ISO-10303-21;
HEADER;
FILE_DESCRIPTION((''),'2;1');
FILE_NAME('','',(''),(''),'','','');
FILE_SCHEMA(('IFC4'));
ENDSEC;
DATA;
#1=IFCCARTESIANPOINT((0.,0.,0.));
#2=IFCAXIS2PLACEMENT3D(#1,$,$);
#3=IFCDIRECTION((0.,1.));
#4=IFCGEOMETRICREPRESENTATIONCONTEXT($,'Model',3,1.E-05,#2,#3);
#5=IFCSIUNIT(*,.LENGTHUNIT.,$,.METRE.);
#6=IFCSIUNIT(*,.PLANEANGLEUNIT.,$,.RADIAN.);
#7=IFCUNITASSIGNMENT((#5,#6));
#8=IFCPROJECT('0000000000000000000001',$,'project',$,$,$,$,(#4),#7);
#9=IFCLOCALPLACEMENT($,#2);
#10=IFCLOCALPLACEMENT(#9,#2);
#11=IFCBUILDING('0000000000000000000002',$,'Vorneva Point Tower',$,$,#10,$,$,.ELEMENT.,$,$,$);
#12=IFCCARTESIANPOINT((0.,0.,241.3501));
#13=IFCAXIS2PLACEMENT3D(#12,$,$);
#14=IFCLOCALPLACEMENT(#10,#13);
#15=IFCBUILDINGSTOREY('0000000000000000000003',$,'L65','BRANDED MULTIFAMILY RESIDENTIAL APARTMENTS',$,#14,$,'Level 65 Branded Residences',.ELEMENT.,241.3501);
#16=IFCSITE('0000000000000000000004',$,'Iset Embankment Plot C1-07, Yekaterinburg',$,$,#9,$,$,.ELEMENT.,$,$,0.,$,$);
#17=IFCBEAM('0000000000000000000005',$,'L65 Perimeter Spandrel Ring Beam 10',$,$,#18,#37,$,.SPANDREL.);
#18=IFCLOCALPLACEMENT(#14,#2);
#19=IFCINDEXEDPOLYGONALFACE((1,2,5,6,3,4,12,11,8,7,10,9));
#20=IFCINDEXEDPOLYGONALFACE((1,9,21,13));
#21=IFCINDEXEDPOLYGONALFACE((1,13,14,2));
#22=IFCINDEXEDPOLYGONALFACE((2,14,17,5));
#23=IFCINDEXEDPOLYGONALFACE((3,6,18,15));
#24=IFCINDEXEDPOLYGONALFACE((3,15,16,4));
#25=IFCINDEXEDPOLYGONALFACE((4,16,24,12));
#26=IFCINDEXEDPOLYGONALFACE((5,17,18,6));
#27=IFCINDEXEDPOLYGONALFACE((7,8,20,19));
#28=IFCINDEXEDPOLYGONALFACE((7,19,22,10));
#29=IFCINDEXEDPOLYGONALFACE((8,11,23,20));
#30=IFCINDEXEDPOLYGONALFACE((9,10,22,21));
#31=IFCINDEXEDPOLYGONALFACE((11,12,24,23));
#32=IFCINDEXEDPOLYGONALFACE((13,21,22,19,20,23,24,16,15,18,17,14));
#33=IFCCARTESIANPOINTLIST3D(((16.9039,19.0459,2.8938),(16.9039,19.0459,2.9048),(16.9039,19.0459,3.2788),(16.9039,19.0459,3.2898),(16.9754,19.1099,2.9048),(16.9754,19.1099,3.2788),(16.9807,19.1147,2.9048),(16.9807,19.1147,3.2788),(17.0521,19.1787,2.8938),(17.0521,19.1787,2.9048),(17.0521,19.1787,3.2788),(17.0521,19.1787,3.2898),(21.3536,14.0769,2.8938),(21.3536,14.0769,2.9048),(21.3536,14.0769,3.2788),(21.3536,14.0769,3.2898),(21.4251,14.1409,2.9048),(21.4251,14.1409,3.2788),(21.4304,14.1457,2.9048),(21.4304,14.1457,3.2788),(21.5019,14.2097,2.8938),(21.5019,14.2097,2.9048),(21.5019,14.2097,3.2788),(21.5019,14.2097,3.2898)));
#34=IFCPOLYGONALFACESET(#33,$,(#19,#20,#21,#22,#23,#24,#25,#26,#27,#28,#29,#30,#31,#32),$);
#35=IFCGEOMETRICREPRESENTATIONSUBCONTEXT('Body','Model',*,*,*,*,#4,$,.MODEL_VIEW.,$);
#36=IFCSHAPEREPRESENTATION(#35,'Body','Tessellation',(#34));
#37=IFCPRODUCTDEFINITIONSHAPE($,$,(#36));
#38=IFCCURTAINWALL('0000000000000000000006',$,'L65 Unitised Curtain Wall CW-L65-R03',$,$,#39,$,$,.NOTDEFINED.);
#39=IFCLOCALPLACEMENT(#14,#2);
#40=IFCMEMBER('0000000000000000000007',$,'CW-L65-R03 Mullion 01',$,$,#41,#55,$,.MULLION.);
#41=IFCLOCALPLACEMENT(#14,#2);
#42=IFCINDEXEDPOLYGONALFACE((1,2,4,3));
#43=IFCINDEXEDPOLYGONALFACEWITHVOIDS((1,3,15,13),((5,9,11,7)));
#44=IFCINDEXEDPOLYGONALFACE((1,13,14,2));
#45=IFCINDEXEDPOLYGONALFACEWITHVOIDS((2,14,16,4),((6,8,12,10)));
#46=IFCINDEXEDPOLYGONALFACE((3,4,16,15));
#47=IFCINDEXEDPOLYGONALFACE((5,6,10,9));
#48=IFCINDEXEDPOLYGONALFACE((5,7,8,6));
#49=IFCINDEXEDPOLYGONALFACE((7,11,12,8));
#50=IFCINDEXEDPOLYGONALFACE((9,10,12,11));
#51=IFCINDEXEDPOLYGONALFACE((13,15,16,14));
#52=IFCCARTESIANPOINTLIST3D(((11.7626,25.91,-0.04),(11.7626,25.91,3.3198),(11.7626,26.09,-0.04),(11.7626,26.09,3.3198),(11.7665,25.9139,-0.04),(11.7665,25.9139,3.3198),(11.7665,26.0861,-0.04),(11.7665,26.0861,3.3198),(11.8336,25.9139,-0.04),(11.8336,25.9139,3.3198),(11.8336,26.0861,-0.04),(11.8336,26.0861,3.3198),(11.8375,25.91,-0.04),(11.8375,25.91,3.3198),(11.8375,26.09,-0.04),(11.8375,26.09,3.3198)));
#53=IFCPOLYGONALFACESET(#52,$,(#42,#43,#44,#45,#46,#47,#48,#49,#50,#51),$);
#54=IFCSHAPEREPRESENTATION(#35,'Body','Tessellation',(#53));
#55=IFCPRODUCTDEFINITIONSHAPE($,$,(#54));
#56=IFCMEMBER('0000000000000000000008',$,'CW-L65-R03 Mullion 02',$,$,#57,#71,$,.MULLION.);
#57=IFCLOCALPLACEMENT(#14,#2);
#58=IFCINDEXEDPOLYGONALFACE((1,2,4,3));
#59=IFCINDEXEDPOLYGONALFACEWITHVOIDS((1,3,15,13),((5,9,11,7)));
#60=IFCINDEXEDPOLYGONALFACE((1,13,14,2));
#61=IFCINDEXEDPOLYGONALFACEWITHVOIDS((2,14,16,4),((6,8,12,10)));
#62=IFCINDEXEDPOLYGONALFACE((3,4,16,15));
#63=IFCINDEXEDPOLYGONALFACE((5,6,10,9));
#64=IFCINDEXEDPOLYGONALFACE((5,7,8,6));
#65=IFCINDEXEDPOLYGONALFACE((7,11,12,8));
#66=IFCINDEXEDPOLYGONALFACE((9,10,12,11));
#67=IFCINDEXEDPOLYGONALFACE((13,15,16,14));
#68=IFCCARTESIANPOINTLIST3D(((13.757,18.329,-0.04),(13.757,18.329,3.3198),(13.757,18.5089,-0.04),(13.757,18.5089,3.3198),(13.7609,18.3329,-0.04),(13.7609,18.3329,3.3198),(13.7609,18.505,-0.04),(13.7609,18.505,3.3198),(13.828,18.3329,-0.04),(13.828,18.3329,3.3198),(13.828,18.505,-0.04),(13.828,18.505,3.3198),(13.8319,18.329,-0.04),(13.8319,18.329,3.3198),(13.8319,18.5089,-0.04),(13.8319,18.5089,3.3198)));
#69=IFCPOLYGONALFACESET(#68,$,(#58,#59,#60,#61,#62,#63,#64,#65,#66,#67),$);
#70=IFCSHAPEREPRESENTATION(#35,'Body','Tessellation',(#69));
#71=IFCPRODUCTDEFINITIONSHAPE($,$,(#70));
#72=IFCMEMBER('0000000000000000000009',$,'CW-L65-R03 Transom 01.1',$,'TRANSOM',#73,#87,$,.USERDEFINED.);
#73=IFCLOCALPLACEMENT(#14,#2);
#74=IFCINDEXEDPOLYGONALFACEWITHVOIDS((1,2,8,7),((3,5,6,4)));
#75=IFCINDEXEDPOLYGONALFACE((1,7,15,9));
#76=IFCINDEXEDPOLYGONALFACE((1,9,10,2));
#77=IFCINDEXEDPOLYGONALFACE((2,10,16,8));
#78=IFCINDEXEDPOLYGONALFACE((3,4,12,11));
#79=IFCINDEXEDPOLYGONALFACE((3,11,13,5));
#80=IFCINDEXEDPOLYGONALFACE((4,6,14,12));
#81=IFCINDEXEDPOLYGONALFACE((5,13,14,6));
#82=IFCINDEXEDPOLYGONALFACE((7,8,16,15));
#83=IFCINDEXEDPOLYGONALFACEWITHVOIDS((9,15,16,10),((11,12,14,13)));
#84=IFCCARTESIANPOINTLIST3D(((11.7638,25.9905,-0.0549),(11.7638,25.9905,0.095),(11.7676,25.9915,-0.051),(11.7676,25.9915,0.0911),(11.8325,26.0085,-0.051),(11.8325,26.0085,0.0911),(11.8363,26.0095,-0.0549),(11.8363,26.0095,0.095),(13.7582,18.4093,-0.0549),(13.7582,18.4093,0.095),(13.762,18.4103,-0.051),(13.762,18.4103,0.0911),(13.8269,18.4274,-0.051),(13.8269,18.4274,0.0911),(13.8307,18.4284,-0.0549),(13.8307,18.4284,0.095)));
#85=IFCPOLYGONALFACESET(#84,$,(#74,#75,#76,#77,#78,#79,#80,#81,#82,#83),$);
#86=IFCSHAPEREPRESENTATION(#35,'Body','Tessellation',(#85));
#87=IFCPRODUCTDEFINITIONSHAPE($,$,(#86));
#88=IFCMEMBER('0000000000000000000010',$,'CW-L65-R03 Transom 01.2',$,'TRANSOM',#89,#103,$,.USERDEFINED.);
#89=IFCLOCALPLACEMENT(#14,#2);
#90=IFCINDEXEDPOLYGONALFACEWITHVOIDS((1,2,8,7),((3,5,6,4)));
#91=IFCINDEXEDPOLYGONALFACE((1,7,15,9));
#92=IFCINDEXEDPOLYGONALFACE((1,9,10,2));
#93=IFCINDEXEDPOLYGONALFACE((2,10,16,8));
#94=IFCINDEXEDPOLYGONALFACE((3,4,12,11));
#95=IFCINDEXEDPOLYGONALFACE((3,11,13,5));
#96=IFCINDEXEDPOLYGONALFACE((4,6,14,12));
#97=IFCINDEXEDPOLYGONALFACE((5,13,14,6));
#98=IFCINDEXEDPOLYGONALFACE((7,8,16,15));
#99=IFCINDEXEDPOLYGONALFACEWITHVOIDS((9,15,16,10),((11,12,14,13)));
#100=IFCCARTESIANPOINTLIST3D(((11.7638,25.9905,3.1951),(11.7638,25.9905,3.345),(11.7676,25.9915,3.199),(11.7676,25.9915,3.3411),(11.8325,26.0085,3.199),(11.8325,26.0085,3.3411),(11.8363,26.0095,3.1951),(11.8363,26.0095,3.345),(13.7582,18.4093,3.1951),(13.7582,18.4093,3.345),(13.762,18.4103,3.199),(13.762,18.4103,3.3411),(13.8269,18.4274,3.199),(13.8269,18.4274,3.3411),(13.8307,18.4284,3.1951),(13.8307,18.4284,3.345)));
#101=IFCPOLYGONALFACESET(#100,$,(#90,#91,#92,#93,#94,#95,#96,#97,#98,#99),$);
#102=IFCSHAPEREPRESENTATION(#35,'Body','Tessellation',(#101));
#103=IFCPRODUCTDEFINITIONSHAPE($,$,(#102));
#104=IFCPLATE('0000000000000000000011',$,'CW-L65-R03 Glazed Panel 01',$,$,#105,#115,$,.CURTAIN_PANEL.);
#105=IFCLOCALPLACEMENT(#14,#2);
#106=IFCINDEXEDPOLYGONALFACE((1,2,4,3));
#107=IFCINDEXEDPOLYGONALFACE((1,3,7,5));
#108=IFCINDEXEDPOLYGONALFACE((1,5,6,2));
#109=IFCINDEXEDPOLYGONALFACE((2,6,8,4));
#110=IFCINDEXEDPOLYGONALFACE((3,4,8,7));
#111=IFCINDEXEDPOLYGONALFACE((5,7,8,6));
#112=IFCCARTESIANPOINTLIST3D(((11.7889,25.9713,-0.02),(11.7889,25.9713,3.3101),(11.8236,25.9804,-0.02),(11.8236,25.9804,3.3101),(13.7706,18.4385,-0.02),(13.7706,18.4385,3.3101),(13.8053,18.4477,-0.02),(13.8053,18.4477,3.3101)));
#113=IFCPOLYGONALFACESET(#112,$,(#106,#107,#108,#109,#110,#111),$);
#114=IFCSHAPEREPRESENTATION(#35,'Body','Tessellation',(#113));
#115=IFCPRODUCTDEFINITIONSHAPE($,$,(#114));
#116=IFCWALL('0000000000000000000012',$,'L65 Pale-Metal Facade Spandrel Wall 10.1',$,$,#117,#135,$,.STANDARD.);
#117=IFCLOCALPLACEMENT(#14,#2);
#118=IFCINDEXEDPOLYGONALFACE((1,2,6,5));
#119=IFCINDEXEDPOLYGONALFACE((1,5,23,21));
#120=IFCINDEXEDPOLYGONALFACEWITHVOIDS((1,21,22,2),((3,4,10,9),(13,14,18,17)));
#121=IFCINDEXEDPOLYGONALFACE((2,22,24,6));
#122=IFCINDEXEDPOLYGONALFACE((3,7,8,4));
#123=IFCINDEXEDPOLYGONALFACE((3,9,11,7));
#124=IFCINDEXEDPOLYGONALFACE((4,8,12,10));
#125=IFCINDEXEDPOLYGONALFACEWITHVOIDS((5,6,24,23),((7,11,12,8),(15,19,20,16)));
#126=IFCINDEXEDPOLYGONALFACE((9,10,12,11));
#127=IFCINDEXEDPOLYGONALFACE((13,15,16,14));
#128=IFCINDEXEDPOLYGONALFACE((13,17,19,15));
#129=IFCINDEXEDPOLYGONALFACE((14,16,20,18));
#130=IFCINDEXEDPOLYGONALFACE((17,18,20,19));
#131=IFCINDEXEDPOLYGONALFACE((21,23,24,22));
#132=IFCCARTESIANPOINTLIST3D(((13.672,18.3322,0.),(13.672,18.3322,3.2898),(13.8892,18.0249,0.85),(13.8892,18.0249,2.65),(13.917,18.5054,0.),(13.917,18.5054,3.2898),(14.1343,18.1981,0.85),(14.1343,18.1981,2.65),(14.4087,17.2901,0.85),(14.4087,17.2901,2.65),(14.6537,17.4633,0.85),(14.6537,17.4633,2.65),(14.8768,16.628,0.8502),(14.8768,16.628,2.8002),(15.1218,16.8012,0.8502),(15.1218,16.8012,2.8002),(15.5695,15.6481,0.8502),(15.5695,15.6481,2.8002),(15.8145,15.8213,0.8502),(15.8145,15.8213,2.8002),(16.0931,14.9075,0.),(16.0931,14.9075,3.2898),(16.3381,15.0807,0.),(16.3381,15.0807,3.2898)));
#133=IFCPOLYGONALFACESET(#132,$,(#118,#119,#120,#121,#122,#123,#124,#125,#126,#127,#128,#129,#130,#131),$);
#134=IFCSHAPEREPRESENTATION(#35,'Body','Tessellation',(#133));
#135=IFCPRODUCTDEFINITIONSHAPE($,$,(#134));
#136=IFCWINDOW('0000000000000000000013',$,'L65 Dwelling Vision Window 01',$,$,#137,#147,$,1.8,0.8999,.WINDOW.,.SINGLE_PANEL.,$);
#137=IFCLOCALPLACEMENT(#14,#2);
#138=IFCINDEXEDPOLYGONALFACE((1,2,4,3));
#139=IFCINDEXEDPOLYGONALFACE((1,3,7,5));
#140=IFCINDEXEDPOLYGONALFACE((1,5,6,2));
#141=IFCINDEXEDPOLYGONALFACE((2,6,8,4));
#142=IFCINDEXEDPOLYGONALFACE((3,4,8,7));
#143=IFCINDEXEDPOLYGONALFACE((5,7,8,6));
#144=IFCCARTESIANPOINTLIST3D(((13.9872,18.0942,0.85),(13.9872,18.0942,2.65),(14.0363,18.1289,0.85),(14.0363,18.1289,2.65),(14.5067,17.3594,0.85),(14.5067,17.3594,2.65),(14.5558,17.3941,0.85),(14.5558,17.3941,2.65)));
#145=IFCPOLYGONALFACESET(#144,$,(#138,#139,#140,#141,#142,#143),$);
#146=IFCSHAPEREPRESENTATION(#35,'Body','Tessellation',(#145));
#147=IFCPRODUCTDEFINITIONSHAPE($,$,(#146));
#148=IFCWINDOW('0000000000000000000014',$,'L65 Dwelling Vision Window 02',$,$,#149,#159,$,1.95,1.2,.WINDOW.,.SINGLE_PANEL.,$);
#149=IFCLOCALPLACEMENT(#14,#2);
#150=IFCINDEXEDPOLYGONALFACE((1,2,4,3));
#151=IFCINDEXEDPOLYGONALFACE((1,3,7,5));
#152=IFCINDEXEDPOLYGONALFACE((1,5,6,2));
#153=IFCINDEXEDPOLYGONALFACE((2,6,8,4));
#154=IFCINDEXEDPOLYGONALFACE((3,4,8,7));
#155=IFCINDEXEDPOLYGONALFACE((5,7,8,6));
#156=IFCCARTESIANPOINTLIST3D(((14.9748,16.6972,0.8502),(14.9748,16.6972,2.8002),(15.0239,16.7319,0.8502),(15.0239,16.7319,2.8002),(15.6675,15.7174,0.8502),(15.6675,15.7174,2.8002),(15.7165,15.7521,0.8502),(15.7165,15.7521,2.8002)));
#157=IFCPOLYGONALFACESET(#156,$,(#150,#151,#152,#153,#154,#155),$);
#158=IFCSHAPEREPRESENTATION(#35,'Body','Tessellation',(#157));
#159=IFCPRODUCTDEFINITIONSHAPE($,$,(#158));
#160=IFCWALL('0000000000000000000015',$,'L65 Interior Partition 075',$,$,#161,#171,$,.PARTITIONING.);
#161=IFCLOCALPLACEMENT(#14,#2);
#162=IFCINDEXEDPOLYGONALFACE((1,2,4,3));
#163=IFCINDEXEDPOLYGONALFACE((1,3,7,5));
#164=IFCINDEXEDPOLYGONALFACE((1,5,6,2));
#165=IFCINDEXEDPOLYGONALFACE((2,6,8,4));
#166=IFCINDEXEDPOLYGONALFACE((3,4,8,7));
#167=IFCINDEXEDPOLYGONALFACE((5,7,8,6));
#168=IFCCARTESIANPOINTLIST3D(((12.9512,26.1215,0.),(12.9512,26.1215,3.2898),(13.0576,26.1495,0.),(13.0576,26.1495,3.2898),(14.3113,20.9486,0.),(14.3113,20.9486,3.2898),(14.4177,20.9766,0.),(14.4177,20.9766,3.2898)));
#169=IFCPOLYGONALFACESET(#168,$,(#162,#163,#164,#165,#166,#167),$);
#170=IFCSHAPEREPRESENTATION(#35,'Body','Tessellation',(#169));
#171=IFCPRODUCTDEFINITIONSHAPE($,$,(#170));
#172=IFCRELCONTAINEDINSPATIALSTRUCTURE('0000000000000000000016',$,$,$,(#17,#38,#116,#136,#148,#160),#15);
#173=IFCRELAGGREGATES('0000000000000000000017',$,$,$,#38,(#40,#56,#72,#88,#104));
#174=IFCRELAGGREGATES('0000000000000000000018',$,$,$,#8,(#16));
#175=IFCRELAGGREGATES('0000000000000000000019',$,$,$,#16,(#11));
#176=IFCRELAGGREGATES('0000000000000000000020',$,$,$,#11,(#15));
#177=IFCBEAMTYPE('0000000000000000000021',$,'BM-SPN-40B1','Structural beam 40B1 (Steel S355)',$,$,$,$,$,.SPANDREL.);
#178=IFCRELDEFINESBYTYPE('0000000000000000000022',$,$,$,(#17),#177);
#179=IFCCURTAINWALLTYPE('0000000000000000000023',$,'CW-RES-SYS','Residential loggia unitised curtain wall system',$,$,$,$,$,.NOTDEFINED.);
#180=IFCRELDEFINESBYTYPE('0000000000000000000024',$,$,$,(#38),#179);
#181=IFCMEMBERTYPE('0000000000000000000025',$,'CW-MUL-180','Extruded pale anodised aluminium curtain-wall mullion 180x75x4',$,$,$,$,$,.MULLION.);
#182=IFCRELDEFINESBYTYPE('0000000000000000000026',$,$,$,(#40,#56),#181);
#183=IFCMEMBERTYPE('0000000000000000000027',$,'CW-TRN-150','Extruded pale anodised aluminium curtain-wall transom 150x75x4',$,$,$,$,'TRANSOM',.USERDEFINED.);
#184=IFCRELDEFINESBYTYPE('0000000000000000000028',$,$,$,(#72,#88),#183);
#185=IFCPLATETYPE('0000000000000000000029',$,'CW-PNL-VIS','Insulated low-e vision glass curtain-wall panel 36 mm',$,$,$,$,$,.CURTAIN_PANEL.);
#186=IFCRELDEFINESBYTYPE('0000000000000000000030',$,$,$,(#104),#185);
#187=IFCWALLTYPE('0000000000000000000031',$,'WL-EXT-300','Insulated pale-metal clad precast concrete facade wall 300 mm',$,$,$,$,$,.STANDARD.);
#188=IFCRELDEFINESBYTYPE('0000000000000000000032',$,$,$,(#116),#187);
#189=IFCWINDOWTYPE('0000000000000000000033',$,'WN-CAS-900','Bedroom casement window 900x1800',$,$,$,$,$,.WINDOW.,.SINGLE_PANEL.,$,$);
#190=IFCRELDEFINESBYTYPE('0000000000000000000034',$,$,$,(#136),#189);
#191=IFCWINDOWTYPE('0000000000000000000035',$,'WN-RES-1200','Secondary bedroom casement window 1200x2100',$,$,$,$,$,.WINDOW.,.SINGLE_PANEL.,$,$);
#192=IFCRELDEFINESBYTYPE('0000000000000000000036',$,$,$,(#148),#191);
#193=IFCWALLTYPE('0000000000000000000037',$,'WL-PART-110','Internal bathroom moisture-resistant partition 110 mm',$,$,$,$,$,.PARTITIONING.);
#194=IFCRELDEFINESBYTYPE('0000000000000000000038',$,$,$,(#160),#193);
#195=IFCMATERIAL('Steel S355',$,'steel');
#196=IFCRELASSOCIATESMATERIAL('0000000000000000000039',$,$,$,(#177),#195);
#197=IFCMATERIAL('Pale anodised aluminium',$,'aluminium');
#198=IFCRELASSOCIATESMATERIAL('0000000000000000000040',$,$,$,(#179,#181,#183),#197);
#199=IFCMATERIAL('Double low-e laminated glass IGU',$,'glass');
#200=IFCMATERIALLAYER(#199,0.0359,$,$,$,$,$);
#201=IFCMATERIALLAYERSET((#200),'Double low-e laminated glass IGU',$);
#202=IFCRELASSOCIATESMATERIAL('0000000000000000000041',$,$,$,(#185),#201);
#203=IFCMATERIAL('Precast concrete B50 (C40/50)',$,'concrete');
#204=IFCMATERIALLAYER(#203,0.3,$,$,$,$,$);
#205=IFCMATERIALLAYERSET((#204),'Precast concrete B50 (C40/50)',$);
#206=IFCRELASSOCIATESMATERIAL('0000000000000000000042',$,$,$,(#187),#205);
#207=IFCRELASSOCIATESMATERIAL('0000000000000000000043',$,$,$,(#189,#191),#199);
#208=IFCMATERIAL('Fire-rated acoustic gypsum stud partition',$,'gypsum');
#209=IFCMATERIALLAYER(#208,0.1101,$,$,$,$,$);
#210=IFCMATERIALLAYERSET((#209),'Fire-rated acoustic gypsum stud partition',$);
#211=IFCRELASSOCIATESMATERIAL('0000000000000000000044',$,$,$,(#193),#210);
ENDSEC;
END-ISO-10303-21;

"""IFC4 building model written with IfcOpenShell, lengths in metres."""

from ifc_helpers import new_model, si_unit, direction, frame, frame_2d, origin, origin_2d, place, context, subcontext, project, spatial, rectangle, hollow_rectangle, i_section, extrude, material, layer, layer_set, material_profile, profile_set, type_object, element, fill, aggregate, save


model = new_model("IFC4")

# Units and contexts
model_context = context("Model", 3, precision=1e-05, world=origin(), true_north=direction((0.0, 1.0)))
body_context = subcontext(model_context, "Body", "Model", "MODEL_VIEW")
ifc_project = project(units=[si_unit("LENGTHUNIT", "METRE"), si_unit("PLANEANGLEUNIT", "RADIAN")], contexts=[model_context])

# Site, building, storey
site_placement = place(None, origin())
site = spatial("IfcSite", under=ifc_project, at=site_placement, Name="Iset Embankment Plot C1-07, Yekaterinburg", CompositionType="ELEMENT", RefElevation=0.0)
building_placement = place(site_placement, origin())
building = spatial("IfcBuilding", under=site, at=building_placement, Name="Vorneva Point Tower", CompositionType="ELEMENT")
storey_placement = place(building_placement, frame((0.0, 0.0, 241.3501)))
storey = spatial("IfcBuildingStorey", under=building, at=storey_placement, Name="L65", Description="BRANDED MULTIFAMILY RESIDENTIAL APARTMENTS", LongName="Level 65 Branded Residences", CompositionType="ELEMENT", Elevation=241.3501)

# Beam
ifc_material_1 = material(Name="Steel S355", Category="steel")
ifc_material_profile_1 = material_profile(ifc_material_1, i_section(OverallWidth=0.199, OverallDepth=0.396, WebThickness=0.0071, FlangeThickness=0.011, at=origin_2d()), Name="40B1")
ifc_profile_set_1 = profile_set([ifc_material_profile_1], Name="Steel S355")
beam_type_1 = type_object("IfcBeamType", Name="BM-SPN-40B1", Description="Structural beam 40B1 (Steel S355)", PredefinedType="SPANDREL", material=ifc_profile_set_1)
beam_1_placement = place(storey_placement, frame((16.978, 19.1123, 3.0918), z_axis=(0.667108, -0.744961, 0.0), x_axis=(0.744961, 0.667108, 0.0)))
element("IfcBeam", 1, at=beam_1_placement, inside=storey, type_object=beam_type_1, Name="L65 Perimeter Spandrel Ring Beam 10", PredefinedType="SPANDREL", context=body_context, shape_type="SweptSolid", body=[
    extrude(i_section(OverallWidth=0.199, OverallDepth=0.396, WebThickness=0.0071, FlangeThickness=0.011, at=origin_2d()), origin(), (0.0, 0.0, 1.0), 6.6702),
])

# Curtain wall, members, plate
ifc_material_2 = material(Name="Pale anodised aluminium", Category="aluminium")
curtain_wall_type = type_object("IfcCurtainWallType", Name="CW-RES-SYS", Description="Residential loggia unitised curtain wall system", PredefinedType="NOTDEFINED", material=ifc_material_2)
curtain_wall_placement = place(storey_placement, origin())
curtain_wall = element("IfcCurtainWall", 2, at=curtain_wall_placement, inside=storey, type_object=curtain_wall_type, Name="L65 Unitised Curtain Wall CW-L65-R03", PredefinedType="NOTDEFINED")
ifc_material_profile_2 = material_profile(ifc_material_2, hollow_rectangle(XDim=0.075, YDim=0.1799, WallThickness=0.0039, at=origin_2d()), Name="AL-MUL 180x75x4")
ifc_profile_set_2 = profile_set([ifc_material_profile_2], Name="Pale anodised aluminium")
member_type_1 = type_object("IfcMemberType", Name="CW-MUL-180", Description="Extruded pale anodised aluminium curtain-wall mullion 180x75x4", PredefinedType="MULLION", material=ifc_profile_set_2)
member_1_placement = place(storey_placement, frame((11.8, 26.0, -0.04), z_axis=(0.0, 0.0, 1.0), x_axis=(1.0, 0.0, 0.0)))
member_1 = element("IfcMember", 3, at=member_1_placement, type_object=member_type_1, Name="CW-L65-R03 Mullion 01", PredefinedType="MULLION", context=body_context, shape_type="SweptSolid", body=[
    extrude(hollow_rectangle(XDim=0.075, YDim=0.1799, WallThickness=0.0039, at=origin_2d()), origin(), (0.0, 0.0, 1.0), 3.3599),
])
member_2_placement = place(storey_placement, frame((13.7944, 18.4189, -0.04), z_axis=(0.0, 0.0, 1.0), x_axis=(1.0, 0.0, 0.0)))
member_2 = element("IfcMember", 4, at=member_2_placement, type_object=member_type_1, Name="CW-L65-R03 Mullion 02", PredefinedType="MULLION", context=body_context, shape_type="SweptSolid", body=[
    extrude(hollow_rectangle(XDim=0.075, YDim=0.1799, WallThickness=0.0039, at=origin_2d()), origin(), (0.0, 0.0, 1.0), 3.3599),
])
ifc_material_profile_3 = material_profile(ifc_material_2, hollow_rectangle(XDim=0.075, YDim=0.1499, WallThickness=0.0039, at=origin_2d()), Name="AL-TRN 150x75x4")
ifc_profile_set_3 = profile_set([ifc_material_profile_3], Name="Pale anodised aluminium")
member_type_2 = type_object("IfcMemberType", Name="CW-TRN-150", Description="Extruded pale anodised aluminium curtain-wall transom 150x75x4", ElementType="TRANSOM", PredefinedType="USERDEFINED", material=ifc_profile_set_3)
member_3_placement = place(storey_placement, frame((11.8, 26.0, 0.02), z_axis=(0.254418, -0.967094, 0.0), x_axis=(0.967094, 0.254418, 0.0)))
member_3 = element("IfcMember", 5, at=member_3_placement, type_object=member_type_2, Name="CW-L65-R03 Transom 01.1", ObjectType="TRANSOM", PredefinedType="USERDEFINED", context=body_context, shape_type="SweptSolid", body=[
    extrude(hollow_rectangle(XDim=0.075, YDim=0.1499, WallThickness=0.0039, at=origin_2d()), origin(), (0.0, 0.0, 1.0), 7.8391),
])
member_4_placement = place(storey_placement, frame((11.8, 26.0, 3.27), z_axis=(0.254418, -0.967094, 0.0), x_axis=(0.967094, 0.254418, 0.0)))
member_4 = element("IfcMember", 6, at=member_4_placement, type_object=member_type_2, Name="CW-L65-R03 Transom 01.2", ObjectType="TRANSOM", PredefinedType="USERDEFINED", context=body_context, shape_type="SweptSolid", body=[
    extrude(hollow_rectangle(XDim=0.075, YDim=0.1499, WallThickness=0.0039, at=origin_2d()), origin(), (0.0, 0.0, 1.0), 7.8391),
])
ifc_material_3 = material(Name="Double low-e laminated glass IGU", Category="glass")
ifc_layer_1 = layer(ifc_material_3, 0.0359)
ifc_layer_set_1 = layer_set([ifc_layer_1], Name="Double low-e laminated glass IGU")
plate_type = type_object("IfcPlateType", Name="CW-PNL-VIS", Description="Insulated low-e vision glass curtain-wall panel 36 mm", PredefinedType="CURTAIN_PANEL", material=ifc_layer_set_1)
plate_placement = place(storey_placement, frame((12.7971, 22.2095, -0.02), z_axis=(0.0, 0.0, 1.0), x_axis=(0.254416, -0.967095, 0.0)))
plate = element("IfcPlate", 7, at=plate_placement, type_object=plate_type, Name="CW-L65-R03 Glazed Panel 01", PredefinedType="CURTAIN_PANEL", context=body_context, shape_type="SweptSolid", body=[
    extrude(rectangle(XDim=7.7891, YDim=0.0359, at=origin_2d()), origin(), (0.0, 0.0, 1.0), 3.3301),
])
aggregate(curtain_wall, [member_1, member_2, member_3, member_4, plate])

# Wall, openings, windows
ifc_material_4 = material(Name="Precast concrete B50 (C40/50)", Category="concrete")
ifc_layer_2 = layer(ifc_material_4, 0.3)
ifc_layer_set_2 = layer_set([ifc_layer_2], Name="Precast concrete B50 (C40/50)")
wall_type_1 = type_object("IfcWallType", Name="WL-EXT-300", Description="Insulated pale-metal clad precast concrete facade wall 300 mm", PredefinedType="STANDARD", material=ifc_layer_set_2)
wall_1_placement = place(storey_placement, frame((13.7944, 18.4189, 0.0), z_axis=(0.0, 0.0, 1.0), x_axis=(0.577261, -0.81656, 0.0)))
wall_1 = element("IfcWall", 8, at=wall_1_placement, inside=storey, type_object=wall_type_1, Name="L65 Pale-Metal Facade Spandrel Wall 10.1", PredefinedType="STANDARD", context=body_context, shape_type="SweptSolid", body=[
    extrude(rectangle(XDim=4.1941, YDim=0.3, at=frame_2d((2.0972, 0.0))), origin(), (0.0, 0.0, 1.0), 3.2898),
])
opening_1_placement = place(wall_1_placement, frame((0.3765, 0.0, 0.8501)))
opening_1 = element("IfcOpeningElement", 9, at=opening_1_placement, cuts=wall_1, PredefinedType="OPENING", context=body_context, shape_type="SweptSolid", body=[
    extrude(rectangle(XDim=0.8999, YDim=1.8, at=frame_2d((0.45, 0.8999))), frame((0.0, 0.165, 0.0), z_axis=(0.0, -1.0, 0.0), x_axis=(1.0, 0.0, 0.0)), (0.0, 0.0, 1.0), 0.3298),
])
opening_2_placement = place(wall_1_placement, frame((2.0872, 0.0, 0.8501)))
opening_2 = element("IfcOpeningElement", 10, at=opening_2_placement, cuts=wall_1, PredefinedType="OPENING", context=body_context, shape_type="SweptSolid", body=[
    extrude(rectangle(XDim=1.2, YDim=1.95, at=frame_2d((0.6001, 0.9751))), frame((0.0, 0.165, 0.0), z_axis=(0.0, -1.0, 0.0), x_axis=(1.0, 0.0, 0.0)), (0.0, 0.0, 1.0), 0.3298),
])
window_type_1 = type_object("IfcWindowType", Name="WN-CAS-900", Description="Bedroom casement window 900x1800", PartitioningType="SINGLE_PANEL", PredefinedType="WINDOW", material=ifc_material_3)
window_1_placement = place(opening_1_placement, origin())
window_1 = element("IfcWindow", 11, at=window_1_placement, inside=storey, type_object=window_type_1, Name="L65 Dwelling Vision Window 01", OverallHeight=1.8, OverallWidth=0.8999, PartitioningType="SINGLE_PANEL", PredefinedType="WINDOW", context=body_context, shape_type="SweptSolid", body=[
    extrude(rectangle(XDim=0.8999, YDim=1.8, at=frame_2d((0.45, 0.8999))), frame((0.0, 0.03, 0.0), z_axis=(0.0, -1.0, 0.0), x_axis=(1.0, 0.0, 0.0)), (0.0, 0.0, 1.0), 0.0601),
])
fill(opening_1, window_1)
window_type_2 = type_object("IfcWindowType", Name="WN-RES-1200", Description="Secondary bedroom casement window 1200x2100", PartitioningType="SINGLE_PANEL", PredefinedType="WINDOW", material=ifc_material_3)
window_2_placement = place(opening_2_placement, origin())
window_2 = element("IfcWindow", 12, at=window_2_placement, inside=storey, type_object=window_type_2, Name="L65 Dwelling Vision Window 02", OverallHeight=1.95, OverallWidth=1.2, PartitioningType="SINGLE_PANEL", PredefinedType="WINDOW", context=body_context, shape_type="SweptSolid", body=[
    extrude(rectangle(XDim=1.2, YDim=1.95, at=frame_2d((0.6001, 0.9751))), frame((0.0, 0.03, 0.0), z_axis=(0.0, -1.0, 0.0), x_axis=(1.0, 0.0, 0.0)), (0.0, 0.0, 1.0), 0.0601),
])
fill(opening_2, window_2)

# Wall
ifc_material_5 = material(Name="Fire-rated acoustic gypsum stud partition", Category="gypsum")
ifc_layer_3 = layer(ifc_material_5, 0.1101)
ifc_layer_set_3 = layer_set([ifc_layer_3], Name="Fire-rated acoustic gypsum stud partition")
wall_type_2 = type_object("IfcWallType", Name="WL-PART-110", Description="Internal bathroom moisture-resistant partition 110 mm", PredefinedType="PARTITIONING", material=ifc_layer_set_3)
wall_2_placement = place(storey_placement, frame((14.3645, 20.9626, 0.0), z_axis=(0.0, 0.0, 1.0), x_axis=(-0.254289, 0.967128, 0.0)))
element("IfcWall", 13, at=wall_2_placement, inside=storey, type_object=wall_type_2, Name="L65 Interior Partition 075", PredefinedType="PARTITIONING", context=body_context, shape_type="SweptSolid", body=[
    extrude(rectangle(XDim=5.3486, YDim=0.1101, at=frame_2d((2.6743, 0.0))), origin(), (0.0, 0.0, 1.0), 3.2898),
])

save(model, "model.ifc")
